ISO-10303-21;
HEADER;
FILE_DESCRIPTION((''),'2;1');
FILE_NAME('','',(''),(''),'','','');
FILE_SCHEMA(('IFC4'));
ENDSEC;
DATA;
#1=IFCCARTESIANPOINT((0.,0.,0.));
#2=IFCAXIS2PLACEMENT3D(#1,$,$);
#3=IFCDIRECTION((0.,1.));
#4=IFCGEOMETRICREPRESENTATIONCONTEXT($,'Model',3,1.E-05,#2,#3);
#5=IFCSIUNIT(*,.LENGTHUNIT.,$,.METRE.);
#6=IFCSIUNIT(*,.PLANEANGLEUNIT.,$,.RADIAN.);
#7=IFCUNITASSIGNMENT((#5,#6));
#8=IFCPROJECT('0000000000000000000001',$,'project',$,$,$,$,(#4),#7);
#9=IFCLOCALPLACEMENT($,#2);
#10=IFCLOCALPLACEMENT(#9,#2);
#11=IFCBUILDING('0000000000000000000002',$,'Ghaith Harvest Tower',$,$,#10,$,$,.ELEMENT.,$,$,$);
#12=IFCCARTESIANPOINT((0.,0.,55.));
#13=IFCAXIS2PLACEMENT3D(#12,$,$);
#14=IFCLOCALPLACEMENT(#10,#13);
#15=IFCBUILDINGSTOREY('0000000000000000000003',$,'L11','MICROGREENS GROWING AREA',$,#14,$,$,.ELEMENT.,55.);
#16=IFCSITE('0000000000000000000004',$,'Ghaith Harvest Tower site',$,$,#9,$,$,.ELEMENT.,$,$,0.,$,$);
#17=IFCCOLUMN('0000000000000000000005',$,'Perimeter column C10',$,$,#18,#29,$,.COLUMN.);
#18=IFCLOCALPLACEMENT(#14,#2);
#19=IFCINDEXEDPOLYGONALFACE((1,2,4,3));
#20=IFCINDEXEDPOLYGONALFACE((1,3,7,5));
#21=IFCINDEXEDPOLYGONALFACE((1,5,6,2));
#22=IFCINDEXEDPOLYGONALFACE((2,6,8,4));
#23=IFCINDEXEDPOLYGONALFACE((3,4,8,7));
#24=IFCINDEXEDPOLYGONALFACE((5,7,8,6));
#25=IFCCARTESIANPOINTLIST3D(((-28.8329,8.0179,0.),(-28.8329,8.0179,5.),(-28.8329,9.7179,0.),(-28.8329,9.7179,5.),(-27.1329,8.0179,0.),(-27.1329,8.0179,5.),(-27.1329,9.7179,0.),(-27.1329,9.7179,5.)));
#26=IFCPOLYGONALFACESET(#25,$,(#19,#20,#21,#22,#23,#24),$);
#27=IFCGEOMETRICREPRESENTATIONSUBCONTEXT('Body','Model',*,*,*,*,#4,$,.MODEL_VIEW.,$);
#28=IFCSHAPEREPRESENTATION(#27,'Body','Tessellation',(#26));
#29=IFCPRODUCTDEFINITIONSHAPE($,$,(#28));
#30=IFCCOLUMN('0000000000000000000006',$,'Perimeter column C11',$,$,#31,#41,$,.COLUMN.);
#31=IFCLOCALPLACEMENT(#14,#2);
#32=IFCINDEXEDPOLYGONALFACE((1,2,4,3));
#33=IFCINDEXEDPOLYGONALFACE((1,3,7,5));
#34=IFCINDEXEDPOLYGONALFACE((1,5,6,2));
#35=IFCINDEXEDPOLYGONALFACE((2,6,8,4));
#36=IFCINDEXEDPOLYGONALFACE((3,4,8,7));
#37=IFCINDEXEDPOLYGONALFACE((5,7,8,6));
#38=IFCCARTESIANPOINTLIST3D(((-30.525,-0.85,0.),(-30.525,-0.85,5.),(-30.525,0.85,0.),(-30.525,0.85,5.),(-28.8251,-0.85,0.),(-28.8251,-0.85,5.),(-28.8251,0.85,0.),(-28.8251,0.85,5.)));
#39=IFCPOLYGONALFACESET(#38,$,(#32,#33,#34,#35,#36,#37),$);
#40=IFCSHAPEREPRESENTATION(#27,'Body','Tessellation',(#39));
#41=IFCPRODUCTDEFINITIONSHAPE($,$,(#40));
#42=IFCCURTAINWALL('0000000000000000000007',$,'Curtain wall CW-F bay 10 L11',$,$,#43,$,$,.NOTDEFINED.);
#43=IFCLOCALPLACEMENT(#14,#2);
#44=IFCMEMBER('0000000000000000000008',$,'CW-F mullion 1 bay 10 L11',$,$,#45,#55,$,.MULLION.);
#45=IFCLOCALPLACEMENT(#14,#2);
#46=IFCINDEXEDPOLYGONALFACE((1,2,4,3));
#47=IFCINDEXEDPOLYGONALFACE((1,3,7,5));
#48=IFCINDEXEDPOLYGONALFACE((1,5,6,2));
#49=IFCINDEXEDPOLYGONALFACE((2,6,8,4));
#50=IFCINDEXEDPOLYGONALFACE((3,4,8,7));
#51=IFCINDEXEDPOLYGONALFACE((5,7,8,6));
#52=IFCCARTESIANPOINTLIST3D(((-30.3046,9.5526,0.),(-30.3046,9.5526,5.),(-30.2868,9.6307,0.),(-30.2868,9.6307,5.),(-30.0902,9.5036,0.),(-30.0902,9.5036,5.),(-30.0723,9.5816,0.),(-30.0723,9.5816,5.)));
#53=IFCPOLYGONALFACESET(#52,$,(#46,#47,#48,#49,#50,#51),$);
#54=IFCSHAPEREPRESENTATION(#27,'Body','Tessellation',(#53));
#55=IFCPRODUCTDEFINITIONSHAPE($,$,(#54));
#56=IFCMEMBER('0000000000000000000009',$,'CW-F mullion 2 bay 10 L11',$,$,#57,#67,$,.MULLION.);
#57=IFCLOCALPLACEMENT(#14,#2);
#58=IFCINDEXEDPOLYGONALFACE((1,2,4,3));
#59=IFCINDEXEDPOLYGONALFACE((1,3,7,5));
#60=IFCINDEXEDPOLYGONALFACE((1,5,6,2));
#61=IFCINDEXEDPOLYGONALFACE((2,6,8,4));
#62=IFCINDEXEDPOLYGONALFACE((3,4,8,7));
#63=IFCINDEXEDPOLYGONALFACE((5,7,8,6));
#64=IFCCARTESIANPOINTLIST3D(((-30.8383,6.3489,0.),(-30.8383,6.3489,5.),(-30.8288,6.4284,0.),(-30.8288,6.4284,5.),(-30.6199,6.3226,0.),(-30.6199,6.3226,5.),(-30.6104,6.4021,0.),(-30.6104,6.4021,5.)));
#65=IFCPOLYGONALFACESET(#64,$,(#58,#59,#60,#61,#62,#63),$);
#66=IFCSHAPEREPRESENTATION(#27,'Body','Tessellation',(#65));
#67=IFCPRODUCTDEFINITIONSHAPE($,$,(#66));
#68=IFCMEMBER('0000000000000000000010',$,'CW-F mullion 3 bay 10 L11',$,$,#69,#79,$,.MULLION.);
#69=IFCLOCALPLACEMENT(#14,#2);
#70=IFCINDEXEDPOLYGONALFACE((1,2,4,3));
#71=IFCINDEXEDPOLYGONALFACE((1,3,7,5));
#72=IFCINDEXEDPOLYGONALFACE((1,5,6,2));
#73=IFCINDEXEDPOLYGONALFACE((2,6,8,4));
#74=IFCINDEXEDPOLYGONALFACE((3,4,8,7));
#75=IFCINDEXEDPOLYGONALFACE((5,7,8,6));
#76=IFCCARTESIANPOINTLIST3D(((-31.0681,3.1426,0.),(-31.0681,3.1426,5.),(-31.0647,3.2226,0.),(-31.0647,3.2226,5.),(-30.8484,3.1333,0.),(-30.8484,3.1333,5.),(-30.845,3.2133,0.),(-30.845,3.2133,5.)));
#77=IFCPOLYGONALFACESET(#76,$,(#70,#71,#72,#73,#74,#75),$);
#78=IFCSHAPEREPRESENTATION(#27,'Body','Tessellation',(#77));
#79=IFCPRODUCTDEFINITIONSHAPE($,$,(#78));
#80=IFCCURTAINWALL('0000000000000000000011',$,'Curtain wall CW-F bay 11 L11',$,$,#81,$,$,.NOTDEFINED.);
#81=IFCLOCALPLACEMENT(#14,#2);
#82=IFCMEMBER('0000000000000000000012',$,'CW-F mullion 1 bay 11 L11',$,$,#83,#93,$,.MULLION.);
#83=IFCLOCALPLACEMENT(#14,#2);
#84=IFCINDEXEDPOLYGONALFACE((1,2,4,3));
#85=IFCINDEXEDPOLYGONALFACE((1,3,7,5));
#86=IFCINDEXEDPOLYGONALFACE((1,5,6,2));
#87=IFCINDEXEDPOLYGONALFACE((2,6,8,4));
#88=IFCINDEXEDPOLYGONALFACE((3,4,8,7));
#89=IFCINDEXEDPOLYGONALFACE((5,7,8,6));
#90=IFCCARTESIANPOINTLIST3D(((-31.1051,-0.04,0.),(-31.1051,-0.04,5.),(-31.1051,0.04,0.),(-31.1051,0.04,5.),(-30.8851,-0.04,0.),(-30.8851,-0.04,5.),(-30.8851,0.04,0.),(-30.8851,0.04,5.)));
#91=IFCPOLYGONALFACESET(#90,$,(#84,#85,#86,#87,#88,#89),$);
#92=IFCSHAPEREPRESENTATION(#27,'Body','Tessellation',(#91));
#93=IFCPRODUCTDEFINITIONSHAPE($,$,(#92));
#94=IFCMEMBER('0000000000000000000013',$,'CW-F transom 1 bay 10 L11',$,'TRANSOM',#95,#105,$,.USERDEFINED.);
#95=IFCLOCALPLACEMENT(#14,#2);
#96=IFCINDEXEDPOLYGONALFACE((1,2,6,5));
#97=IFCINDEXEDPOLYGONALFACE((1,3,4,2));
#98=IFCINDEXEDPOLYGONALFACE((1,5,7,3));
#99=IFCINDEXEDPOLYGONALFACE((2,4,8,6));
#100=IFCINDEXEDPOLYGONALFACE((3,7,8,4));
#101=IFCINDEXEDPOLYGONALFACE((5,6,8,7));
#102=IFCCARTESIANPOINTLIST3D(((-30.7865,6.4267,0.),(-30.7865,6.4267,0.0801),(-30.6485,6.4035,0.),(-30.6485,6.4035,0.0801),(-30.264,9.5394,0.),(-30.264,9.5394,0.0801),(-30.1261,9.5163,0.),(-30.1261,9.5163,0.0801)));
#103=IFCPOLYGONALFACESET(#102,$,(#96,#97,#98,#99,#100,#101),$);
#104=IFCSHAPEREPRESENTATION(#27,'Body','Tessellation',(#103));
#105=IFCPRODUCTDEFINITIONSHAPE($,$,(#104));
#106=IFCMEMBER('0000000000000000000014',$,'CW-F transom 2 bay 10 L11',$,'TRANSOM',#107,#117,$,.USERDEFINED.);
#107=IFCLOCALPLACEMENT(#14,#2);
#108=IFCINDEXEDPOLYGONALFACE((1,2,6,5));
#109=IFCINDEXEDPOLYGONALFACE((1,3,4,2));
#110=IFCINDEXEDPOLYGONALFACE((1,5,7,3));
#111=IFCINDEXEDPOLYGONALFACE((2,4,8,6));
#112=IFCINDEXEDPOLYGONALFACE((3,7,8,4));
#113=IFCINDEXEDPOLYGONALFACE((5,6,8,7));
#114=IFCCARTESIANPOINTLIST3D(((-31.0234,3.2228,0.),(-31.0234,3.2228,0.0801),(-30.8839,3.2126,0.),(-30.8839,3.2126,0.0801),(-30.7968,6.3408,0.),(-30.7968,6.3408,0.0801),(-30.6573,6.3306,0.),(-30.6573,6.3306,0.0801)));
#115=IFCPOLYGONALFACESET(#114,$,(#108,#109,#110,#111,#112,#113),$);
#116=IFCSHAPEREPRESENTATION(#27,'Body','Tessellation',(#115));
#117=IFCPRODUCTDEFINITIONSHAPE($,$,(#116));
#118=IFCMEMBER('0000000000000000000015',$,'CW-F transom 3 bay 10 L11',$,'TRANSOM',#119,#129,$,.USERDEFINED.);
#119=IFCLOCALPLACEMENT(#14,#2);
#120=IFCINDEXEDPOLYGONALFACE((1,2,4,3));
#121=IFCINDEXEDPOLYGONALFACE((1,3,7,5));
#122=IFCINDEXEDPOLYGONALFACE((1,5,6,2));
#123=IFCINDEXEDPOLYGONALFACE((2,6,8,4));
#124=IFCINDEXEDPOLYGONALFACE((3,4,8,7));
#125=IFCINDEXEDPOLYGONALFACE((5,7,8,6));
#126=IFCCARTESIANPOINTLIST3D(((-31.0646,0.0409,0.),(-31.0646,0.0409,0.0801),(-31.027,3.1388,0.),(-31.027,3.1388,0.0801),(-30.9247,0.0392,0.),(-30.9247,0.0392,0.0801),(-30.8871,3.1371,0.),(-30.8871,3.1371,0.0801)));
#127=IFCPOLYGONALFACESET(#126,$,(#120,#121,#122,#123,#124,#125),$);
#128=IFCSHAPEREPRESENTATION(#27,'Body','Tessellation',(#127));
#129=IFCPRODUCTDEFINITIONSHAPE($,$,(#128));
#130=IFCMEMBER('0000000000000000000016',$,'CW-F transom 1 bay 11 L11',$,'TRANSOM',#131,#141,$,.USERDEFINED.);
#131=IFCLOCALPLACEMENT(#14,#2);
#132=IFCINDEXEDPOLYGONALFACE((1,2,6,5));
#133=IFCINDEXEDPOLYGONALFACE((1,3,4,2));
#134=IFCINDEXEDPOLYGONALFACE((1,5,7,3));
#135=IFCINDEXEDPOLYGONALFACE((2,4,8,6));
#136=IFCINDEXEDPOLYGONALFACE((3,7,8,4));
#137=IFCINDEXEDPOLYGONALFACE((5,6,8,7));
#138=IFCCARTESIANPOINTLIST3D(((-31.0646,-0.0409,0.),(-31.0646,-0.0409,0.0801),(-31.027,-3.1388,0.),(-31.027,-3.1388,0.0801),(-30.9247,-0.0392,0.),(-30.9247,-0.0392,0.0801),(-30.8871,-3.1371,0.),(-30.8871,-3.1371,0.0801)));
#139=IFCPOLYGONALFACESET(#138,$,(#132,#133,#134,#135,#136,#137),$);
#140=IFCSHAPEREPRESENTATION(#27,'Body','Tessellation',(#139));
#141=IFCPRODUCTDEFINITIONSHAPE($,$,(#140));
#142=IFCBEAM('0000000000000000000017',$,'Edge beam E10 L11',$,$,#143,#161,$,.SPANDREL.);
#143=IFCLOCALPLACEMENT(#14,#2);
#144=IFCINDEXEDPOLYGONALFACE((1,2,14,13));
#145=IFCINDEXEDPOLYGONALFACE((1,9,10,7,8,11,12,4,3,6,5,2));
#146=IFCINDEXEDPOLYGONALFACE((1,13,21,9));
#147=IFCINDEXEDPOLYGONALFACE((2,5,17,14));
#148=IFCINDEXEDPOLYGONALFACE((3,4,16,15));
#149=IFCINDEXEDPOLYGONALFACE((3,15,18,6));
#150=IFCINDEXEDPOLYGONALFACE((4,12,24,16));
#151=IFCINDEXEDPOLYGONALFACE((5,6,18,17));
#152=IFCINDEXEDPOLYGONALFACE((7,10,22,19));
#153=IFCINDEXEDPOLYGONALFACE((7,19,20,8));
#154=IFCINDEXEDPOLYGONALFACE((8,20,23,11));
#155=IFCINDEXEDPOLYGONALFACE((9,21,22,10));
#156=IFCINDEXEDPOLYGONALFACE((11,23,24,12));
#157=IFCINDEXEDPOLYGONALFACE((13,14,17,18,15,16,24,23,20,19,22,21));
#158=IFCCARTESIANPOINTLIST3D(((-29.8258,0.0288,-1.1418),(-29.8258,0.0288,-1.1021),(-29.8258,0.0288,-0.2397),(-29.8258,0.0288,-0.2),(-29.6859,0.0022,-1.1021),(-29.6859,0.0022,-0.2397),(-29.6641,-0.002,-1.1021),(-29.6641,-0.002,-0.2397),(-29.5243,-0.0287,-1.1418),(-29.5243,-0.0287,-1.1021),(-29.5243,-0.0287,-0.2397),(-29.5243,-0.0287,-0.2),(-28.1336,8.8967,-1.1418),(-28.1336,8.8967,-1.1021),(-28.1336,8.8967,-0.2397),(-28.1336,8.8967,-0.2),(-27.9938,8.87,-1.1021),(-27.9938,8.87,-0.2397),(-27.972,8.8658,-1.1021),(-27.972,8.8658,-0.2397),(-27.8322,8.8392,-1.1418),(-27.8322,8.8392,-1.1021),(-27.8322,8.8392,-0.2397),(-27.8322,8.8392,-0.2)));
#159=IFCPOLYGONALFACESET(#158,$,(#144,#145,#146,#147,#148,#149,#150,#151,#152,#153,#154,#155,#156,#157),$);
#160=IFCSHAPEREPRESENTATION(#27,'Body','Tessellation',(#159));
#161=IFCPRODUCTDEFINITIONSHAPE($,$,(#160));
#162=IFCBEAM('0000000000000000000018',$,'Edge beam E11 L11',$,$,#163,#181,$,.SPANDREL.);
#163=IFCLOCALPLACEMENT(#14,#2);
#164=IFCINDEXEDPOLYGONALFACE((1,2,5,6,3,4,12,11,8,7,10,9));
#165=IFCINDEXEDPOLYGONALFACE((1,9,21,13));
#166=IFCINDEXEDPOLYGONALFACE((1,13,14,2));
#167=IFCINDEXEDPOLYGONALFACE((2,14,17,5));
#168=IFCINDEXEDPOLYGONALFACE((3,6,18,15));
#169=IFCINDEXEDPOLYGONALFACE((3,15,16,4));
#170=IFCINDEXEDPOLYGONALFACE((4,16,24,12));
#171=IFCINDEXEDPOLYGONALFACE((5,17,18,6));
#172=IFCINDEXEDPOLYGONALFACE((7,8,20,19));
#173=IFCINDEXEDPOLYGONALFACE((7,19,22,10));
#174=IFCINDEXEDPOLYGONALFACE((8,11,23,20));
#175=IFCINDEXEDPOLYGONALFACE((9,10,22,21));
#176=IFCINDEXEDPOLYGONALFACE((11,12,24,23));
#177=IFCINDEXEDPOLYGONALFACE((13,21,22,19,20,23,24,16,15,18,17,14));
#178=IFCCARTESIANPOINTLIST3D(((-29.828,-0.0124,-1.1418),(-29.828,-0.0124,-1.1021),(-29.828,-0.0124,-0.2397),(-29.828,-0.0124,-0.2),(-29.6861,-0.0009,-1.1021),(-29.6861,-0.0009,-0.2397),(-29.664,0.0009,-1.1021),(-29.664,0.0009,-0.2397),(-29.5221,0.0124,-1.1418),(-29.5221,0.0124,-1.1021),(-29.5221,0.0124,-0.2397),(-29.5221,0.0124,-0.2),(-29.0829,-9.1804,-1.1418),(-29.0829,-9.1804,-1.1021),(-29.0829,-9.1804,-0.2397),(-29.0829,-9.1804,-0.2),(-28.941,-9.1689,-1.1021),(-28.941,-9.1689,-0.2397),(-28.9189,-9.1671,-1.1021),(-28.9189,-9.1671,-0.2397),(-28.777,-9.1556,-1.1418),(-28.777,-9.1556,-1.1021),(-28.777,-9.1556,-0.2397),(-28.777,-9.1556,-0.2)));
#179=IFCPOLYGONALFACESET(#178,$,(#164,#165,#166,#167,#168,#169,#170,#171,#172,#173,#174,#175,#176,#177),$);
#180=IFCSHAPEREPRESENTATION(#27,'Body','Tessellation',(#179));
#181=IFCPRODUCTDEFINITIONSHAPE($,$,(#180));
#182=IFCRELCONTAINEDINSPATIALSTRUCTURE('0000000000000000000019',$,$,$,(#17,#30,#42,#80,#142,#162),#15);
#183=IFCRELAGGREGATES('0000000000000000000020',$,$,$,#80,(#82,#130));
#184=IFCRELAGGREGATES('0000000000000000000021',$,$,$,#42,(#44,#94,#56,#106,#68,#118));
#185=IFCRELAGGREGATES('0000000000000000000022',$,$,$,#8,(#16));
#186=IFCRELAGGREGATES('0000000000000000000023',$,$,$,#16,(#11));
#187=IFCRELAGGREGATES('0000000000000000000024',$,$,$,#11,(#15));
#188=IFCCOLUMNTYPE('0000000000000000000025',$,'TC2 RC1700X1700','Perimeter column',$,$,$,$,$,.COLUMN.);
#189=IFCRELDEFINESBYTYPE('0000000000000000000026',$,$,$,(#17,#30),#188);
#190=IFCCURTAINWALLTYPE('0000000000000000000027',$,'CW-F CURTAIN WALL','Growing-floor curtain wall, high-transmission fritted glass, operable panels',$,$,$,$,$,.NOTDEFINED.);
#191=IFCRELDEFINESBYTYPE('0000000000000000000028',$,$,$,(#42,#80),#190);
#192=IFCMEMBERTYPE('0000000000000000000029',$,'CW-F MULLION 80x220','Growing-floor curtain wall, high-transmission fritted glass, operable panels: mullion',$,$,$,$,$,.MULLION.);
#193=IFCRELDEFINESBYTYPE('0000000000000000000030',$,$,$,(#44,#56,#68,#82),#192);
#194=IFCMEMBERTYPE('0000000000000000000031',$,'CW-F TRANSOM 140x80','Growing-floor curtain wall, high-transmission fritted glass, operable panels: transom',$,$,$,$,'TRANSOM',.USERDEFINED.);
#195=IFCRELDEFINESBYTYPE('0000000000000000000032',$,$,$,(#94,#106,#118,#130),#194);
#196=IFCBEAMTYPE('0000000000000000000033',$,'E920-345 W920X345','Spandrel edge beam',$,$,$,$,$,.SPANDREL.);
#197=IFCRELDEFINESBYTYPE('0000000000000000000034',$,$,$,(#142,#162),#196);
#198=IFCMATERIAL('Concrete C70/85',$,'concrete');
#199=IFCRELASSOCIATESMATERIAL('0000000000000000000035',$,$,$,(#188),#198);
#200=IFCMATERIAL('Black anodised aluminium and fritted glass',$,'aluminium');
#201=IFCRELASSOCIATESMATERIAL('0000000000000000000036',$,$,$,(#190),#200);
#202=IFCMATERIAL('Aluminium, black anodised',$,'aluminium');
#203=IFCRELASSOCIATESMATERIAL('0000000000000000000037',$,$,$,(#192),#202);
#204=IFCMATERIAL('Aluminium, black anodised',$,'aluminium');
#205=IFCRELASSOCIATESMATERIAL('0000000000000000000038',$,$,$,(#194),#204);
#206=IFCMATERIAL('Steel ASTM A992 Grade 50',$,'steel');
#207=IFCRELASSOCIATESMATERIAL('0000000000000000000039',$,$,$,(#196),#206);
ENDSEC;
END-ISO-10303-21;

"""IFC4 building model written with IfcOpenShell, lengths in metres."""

from ifc_helpers import new_model, si_unit, direction, frame, origin, origin_2d, place, context, subcontext, project, spatial, rectangle, i_section, extrude, material, material_profile, profile_set, type_object, element, aggregate, save


model = new_model("IFC4")

# Units and contexts
model_context = context("Model", 3, precision=1e-05, world=origin(), true_north=direction((0.0, 1.0)))
body_context = subcontext(model_context, "Body", "Model", "MODEL_VIEW")
ifc_project = project(units=[si_unit("LENGTHUNIT", "METRE"), si_unit("PLANEANGLEUNIT", "RADIAN")], contexts=[model_context])

# Site, building, storey
site_placement = place(None, origin())
site = spatial("IfcSite", under=ifc_project, at=site_placement, Name="Ghaith Harvest Tower site", CompositionType="ELEMENT", RefElevation=0.0)
building_placement = place(site_placement, origin())
building = spatial("IfcBuilding", under=site, at=building_placement, Name="Ghaith Harvest Tower", CompositionType="ELEMENT")
storey_placement = place(building_placement, frame((0.0, 0.0, 55.0)))
storey = spatial("IfcBuildingStorey", under=building, at=storey_placement, Name="L11", Description="MICROGREENS GROWING AREA", CompositionType="ELEMENT", Elevation=55.0)

# Columns
ifc_material_1 = material(Name="Concrete C70/85", Category="concrete")
ifc_material_profile_1 = material_profile(ifc_material_1, rectangle(XDim=1.7, YDim=1.7, at=origin_2d()), Name="RC1700X1700")
ifc_profile_set_1 = profile_set([ifc_material_profile_1], Name="Concrete C70/85")
column_type = type_object("IfcColumnType", Name="TC2 RC1700X1700", Description="Perimeter column", PredefinedType="COLUMN", material=ifc_profile_set_1)
for number, where, z_axis, x_axis, name in (
    (1, (-27.9829, 8.8679, 0.0), (0.0, 0.0, 1.0), (1.0, 0.0, 0.0), "Perimeter column C10"),
    (2, (-29.675, 0.0, 0.0), (0.0, 0.0, 1.0), (1.0, 0.0, 0.0), "Perimeter column C11"),
):
    element("IfcColumn", number, at=place(storey_placement, frame(where, z_axis=z_axis, x_axis=x_axis)), inside=storey, type_object=column_type, Name=name, PredefinedType="COLUMN", context=body_context, shape_type="SweptSolid", body=[
        extrude(rectangle(XDim=1.7, YDim=1.7, at=origin_2d()), origin(), (0.0, 0.0, 1.0), 5.0),
    ])

# Curtain wall, members
ifc_material_2 = material(Name="Black anodised aluminium and fritted glass", Category="aluminium")
curtain_wall_type = type_object("IfcCurtainWallType", Name="CW-F CURTAIN WALL", Description="Growing-floor curtain wall, high-transmission fritted glass, operable panels", PredefinedType="NOTDEFINED", material=ifc_material_2)
curtain_wall_1_placement = place(storey_placement, origin())
curtain_wall_1 = element("IfcCurtainWall", 3, at=curtain_wall_1_placement, inside=storey, type_object=curtain_wall_type, Name="Curtain wall CW-F bay 10 L11", PredefinedType="NOTDEFINED")
ifc_material_3 = material(Name="Aluminium, black anodised", Category="aluminium")
ifc_material_profile_2 = material_profile(ifc_material_3, rectangle(XDim=0.0801, YDim=0.22, at=origin_2d()), Name="CW-F MULLION 80x220")
ifc_profile_set_2 = profile_set([ifc_material_profile_2], Name="Aluminium, black anodised")
member_type_1 = type_object("IfcMemberType", Name="CW-F MULLION 80x220", Description="Growing-floor curtain wall, high-transmission fritted glass, operable panels: mullion", PredefinedType="MULLION", material=ifc_profile_set_2)
member_1_placement = place(storey_placement, frame((-30.1885, 9.5671, 0.0), z_axis=(0.0, 0.0, 1.0), x_axis=(-0.222967, -0.974826, 0.0)))
member_1 = element("IfcMember", 4, at=member_1_placement, type_object=member_type_1, Name="CW-F mullion 1 bay 10 L11", PredefinedType="MULLION", context=body_context, shape_type="SweptSolid", body=[
    extrude(rectangle(XDim=0.0801, YDim=0.22, at=origin_2d()), origin(), (0.0, 0.0, 1.0), 5.0),
])
member_2_placement = place(storey_placement, frame((-30.7244, 6.3755, 0.0), z_axis=(0.0, 0.0, 1.0), x_axis=(-0.119353, -0.992852, 0.0)))
member_2 = element("IfcMember", 5, at=member_2_placement, type_object=member_type_1, Name="CW-F mullion 2 bay 10 L11", PredefinedType="MULLION", context=body_context, shape_type="SweptSolid", body=[
    extrude(rectangle(XDim=0.0801, YDim=0.22, at=origin_2d()), origin(), (0.0, 0.0, 1.0), 5.0),
])
member_3_placement = place(storey_placement, frame((-30.9565, 3.178, 0.0), z_axis=(0.0, 0.0, 1.0), x_axis=(-0.042427, -0.9991, 0.0)))
member_3 = element("IfcMember", 6, at=member_3_placement, type_object=member_type_1, Name="CW-F mullion 3 bay 10 L11", PredefinedType="MULLION", context=body_context, shape_type="SweptSolid", body=[
    extrude(rectangle(XDim=0.0801, YDim=0.22, at=origin_2d()), origin(), (0.0, 0.0, 1.0), 5.0),
])

# Curtain wall, member
curtain_wall_2_placement = place(storey_placement, origin())
curtain_wall_2 = element("IfcCurtainWall", 7, at=curtain_wall_2_placement, inside=storey, type_object=curtain_wall_type, Name="Curtain wall CW-F bay 11 L11", PredefinedType="NOTDEFINED")
member_4_placement = place(storey_placement, frame((-30.9951, 0.0, 0.0), z_axis=(0.0, 0.0, 1.0), x_axis=(0.0, -1.0, 0.0)))
member_4 = element("IfcMember", 8, at=member_4_placement, type_object=member_type_1, Name="CW-F mullion 1 bay 11 L11", PredefinedType="MULLION", context=body_context, shape_type="SweptSolid", body=[
    extrude(rectangle(XDim=0.0801, YDim=0.22, at=origin_2d()), origin(), (0.0, 0.0, 1.0), 5.0),
])

# Members
ifc_material_4 = material(Name="Aluminium, black anodised", Category="aluminium")
ifc_material_profile_3 = material_profile(ifc_material_4, rectangle(XDim=0.1399, YDim=0.0801, at=origin_2d()), Name="CW-F TRANSOM 140x80")
ifc_profile_set_3 = profile_set([ifc_material_profile_3], Name="Aluminium, black anodised")
member_type_2 = type_object("IfcMemberType", Name="CW-F TRANSOM 140x80", Description="Growing-floor curtain wall, high-transmission fritted glass, operable panels: transom", ElementType="TRANSOM", PredefinedType="USERDEFINED", material=ifc_profile_set_3)
member_5_placement = place(storey_placement, frame((-30.1951, 9.5278, 0.04), z_axis=(-0.165528, -0.986205, 0.0), x_axis=(0.986205, -0.165528, 0.0)))
member_5 = element("IfcMember", 9, at=member_5_placement, type_object=member_type_2, Name="CW-F transom 1 bay 10 L11", ObjectType="TRANSOM", PredefinedType="USERDEFINED", context=body_context, shape_type="SweptSolid", body=[
    extrude(rectangle(XDim=0.1399, YDim=0.0801, at=origin_2d()), origin(), (0.0, 0.0, 1.0), 3.1562),
])
member_6_placement = place(storey_placement, frame((-30.7271, 6.3357, 0.04), z_axis=(-0.072474, -0.99737, 0.0), x_axis=(0.99737, -0.072474, 0.0)))
member_6 = element("IfcMember", 10, at=member_6_placement, type_object=member_type_2, Name="CW-F transom 2 bay 10 L11", ObjectType="TRANSOM", PredefinedType="USERDEFINED", context=body_context, shape_type="SweptSolid", body=[
    extrude(rectangle(XDim=0.1399, YDim=0.0801, at=origin_2d()), origin(), (0.0, 0.0, 1.0), 3.1262),
])
member_7_placement = place(storey_placement, frame((-30.957, 3.1379, 0.04), z_axis=(-0.012136, -0.999926, 0.0), x_axis=(0.999926, -0.012136, 0.0)))
member_7 = element("IfcMember", 11, at=member_7_placement, type_object=member_type_2, Name="CW-F transom 3 bay 10 L11", ObjectType="TRANSOM", PredefinedType="USERDEFINED", context=body_context, shape_type="SweptSolid", body=[
    extrude(rectangle(XDim=0.1399, YDim=0.0801, at=origin_2d()), origin(), (0.0, 0.0, 1.0), 3.0981),
])
member_8_placement = place(storey_placement, frame((-30.9946, -0.04, 0.04), z_axis=(0.012136, -0.999926, 0.0), x_axis=(0.999926, 0.012136, 0.0)))
member_8 = element("IfcMember", 12, at=member_8_placement, type_object=member_type_2, Name="CW-F transom 1 bay 11 L11", ObjectType="TRANSOM", PredefinedType="USERDEFINED", context=body_context, shape_type="SweptSolid", body=[
    extrude(rectangle(XDim=0.1399, YDim=0.0801, at=origin_2d()), origin(), (0.0, 0.0, 1.0), 3.0981),
])
aggregate(curtain_wall_2, [member_4, member_8])

# Beams
ifc_material_5 = material(Name="Steel ASTM A992 Grade 50", Category="steel")
ifc_material_profile_4 = material_profile(ifc_material_5, i_section(OverallWidth=0.3069, OverallDepth=0.9419, WebThickness=0.0222, FlangeThickness=0.0398, at=origin_2d()), Name="W920X345")
ifc_profile_set_4 = profile_set([ifc_material_profile_4], Name="Steel ASTM A992 Grade 50")
beam_type_1 = type_object("IfcBeamType", Name="E920-345 W920X345", Description="Spandrel edge beam", PredefinedType="SPANDREL", material=ifc_profile_set_4)
beam_1_placement = place(storey_placement, frame((-27.9829, 8.8679, -0.6709), z_axis=(-0.187434, -0.982277, 0.0), x_axis=(0.982277, -0.187434, 0.0)))
element("IfcBeam", 13, at=beam_1_placement, inside=storey, type_object=beam_type_1, Name="Edge beam E10 L11", PredefinedType="SPANDREL", context=body_context, shape_type="SweptSolid", body=[
    extrude(i_section(OverallWidth=0.3069, OverallDepth=0.9419, WebThickness=0.0222, FlangeThickness=0.0398, at=origin_2d()), origin(), (0.0, 0.0, 1.0), 9.0278),
])
beam_2_placement = place(storey_placement, frame((-29.675, 0.0, -0.6709), z_axis=(0.081007, -0.996714, 0.0), x_axis=(0.996714, 0.081007, 0.0)))
element("IfcBeam", 14, at=beam_2_placement, inside=storey, type_object=beam_type_1, Name="Edge beam E11 L11", PredefinedType="SPANDREL", context=body_context, shape_type="SweptSolid", body=[
    extrude(i_section(OverallWidth=0.3069, OverallDepth=0.9419, WebThickness=0.0222, FlangeThickness=0.0398, at=origin_2d()), origin(), (0.0, 0.0, 1.0), 9.1982),
])

aggregate(curtain_wall_1, [member_1, member_5, member_2, member_6, member_3, member_7])

save(model, "model.ifc")
